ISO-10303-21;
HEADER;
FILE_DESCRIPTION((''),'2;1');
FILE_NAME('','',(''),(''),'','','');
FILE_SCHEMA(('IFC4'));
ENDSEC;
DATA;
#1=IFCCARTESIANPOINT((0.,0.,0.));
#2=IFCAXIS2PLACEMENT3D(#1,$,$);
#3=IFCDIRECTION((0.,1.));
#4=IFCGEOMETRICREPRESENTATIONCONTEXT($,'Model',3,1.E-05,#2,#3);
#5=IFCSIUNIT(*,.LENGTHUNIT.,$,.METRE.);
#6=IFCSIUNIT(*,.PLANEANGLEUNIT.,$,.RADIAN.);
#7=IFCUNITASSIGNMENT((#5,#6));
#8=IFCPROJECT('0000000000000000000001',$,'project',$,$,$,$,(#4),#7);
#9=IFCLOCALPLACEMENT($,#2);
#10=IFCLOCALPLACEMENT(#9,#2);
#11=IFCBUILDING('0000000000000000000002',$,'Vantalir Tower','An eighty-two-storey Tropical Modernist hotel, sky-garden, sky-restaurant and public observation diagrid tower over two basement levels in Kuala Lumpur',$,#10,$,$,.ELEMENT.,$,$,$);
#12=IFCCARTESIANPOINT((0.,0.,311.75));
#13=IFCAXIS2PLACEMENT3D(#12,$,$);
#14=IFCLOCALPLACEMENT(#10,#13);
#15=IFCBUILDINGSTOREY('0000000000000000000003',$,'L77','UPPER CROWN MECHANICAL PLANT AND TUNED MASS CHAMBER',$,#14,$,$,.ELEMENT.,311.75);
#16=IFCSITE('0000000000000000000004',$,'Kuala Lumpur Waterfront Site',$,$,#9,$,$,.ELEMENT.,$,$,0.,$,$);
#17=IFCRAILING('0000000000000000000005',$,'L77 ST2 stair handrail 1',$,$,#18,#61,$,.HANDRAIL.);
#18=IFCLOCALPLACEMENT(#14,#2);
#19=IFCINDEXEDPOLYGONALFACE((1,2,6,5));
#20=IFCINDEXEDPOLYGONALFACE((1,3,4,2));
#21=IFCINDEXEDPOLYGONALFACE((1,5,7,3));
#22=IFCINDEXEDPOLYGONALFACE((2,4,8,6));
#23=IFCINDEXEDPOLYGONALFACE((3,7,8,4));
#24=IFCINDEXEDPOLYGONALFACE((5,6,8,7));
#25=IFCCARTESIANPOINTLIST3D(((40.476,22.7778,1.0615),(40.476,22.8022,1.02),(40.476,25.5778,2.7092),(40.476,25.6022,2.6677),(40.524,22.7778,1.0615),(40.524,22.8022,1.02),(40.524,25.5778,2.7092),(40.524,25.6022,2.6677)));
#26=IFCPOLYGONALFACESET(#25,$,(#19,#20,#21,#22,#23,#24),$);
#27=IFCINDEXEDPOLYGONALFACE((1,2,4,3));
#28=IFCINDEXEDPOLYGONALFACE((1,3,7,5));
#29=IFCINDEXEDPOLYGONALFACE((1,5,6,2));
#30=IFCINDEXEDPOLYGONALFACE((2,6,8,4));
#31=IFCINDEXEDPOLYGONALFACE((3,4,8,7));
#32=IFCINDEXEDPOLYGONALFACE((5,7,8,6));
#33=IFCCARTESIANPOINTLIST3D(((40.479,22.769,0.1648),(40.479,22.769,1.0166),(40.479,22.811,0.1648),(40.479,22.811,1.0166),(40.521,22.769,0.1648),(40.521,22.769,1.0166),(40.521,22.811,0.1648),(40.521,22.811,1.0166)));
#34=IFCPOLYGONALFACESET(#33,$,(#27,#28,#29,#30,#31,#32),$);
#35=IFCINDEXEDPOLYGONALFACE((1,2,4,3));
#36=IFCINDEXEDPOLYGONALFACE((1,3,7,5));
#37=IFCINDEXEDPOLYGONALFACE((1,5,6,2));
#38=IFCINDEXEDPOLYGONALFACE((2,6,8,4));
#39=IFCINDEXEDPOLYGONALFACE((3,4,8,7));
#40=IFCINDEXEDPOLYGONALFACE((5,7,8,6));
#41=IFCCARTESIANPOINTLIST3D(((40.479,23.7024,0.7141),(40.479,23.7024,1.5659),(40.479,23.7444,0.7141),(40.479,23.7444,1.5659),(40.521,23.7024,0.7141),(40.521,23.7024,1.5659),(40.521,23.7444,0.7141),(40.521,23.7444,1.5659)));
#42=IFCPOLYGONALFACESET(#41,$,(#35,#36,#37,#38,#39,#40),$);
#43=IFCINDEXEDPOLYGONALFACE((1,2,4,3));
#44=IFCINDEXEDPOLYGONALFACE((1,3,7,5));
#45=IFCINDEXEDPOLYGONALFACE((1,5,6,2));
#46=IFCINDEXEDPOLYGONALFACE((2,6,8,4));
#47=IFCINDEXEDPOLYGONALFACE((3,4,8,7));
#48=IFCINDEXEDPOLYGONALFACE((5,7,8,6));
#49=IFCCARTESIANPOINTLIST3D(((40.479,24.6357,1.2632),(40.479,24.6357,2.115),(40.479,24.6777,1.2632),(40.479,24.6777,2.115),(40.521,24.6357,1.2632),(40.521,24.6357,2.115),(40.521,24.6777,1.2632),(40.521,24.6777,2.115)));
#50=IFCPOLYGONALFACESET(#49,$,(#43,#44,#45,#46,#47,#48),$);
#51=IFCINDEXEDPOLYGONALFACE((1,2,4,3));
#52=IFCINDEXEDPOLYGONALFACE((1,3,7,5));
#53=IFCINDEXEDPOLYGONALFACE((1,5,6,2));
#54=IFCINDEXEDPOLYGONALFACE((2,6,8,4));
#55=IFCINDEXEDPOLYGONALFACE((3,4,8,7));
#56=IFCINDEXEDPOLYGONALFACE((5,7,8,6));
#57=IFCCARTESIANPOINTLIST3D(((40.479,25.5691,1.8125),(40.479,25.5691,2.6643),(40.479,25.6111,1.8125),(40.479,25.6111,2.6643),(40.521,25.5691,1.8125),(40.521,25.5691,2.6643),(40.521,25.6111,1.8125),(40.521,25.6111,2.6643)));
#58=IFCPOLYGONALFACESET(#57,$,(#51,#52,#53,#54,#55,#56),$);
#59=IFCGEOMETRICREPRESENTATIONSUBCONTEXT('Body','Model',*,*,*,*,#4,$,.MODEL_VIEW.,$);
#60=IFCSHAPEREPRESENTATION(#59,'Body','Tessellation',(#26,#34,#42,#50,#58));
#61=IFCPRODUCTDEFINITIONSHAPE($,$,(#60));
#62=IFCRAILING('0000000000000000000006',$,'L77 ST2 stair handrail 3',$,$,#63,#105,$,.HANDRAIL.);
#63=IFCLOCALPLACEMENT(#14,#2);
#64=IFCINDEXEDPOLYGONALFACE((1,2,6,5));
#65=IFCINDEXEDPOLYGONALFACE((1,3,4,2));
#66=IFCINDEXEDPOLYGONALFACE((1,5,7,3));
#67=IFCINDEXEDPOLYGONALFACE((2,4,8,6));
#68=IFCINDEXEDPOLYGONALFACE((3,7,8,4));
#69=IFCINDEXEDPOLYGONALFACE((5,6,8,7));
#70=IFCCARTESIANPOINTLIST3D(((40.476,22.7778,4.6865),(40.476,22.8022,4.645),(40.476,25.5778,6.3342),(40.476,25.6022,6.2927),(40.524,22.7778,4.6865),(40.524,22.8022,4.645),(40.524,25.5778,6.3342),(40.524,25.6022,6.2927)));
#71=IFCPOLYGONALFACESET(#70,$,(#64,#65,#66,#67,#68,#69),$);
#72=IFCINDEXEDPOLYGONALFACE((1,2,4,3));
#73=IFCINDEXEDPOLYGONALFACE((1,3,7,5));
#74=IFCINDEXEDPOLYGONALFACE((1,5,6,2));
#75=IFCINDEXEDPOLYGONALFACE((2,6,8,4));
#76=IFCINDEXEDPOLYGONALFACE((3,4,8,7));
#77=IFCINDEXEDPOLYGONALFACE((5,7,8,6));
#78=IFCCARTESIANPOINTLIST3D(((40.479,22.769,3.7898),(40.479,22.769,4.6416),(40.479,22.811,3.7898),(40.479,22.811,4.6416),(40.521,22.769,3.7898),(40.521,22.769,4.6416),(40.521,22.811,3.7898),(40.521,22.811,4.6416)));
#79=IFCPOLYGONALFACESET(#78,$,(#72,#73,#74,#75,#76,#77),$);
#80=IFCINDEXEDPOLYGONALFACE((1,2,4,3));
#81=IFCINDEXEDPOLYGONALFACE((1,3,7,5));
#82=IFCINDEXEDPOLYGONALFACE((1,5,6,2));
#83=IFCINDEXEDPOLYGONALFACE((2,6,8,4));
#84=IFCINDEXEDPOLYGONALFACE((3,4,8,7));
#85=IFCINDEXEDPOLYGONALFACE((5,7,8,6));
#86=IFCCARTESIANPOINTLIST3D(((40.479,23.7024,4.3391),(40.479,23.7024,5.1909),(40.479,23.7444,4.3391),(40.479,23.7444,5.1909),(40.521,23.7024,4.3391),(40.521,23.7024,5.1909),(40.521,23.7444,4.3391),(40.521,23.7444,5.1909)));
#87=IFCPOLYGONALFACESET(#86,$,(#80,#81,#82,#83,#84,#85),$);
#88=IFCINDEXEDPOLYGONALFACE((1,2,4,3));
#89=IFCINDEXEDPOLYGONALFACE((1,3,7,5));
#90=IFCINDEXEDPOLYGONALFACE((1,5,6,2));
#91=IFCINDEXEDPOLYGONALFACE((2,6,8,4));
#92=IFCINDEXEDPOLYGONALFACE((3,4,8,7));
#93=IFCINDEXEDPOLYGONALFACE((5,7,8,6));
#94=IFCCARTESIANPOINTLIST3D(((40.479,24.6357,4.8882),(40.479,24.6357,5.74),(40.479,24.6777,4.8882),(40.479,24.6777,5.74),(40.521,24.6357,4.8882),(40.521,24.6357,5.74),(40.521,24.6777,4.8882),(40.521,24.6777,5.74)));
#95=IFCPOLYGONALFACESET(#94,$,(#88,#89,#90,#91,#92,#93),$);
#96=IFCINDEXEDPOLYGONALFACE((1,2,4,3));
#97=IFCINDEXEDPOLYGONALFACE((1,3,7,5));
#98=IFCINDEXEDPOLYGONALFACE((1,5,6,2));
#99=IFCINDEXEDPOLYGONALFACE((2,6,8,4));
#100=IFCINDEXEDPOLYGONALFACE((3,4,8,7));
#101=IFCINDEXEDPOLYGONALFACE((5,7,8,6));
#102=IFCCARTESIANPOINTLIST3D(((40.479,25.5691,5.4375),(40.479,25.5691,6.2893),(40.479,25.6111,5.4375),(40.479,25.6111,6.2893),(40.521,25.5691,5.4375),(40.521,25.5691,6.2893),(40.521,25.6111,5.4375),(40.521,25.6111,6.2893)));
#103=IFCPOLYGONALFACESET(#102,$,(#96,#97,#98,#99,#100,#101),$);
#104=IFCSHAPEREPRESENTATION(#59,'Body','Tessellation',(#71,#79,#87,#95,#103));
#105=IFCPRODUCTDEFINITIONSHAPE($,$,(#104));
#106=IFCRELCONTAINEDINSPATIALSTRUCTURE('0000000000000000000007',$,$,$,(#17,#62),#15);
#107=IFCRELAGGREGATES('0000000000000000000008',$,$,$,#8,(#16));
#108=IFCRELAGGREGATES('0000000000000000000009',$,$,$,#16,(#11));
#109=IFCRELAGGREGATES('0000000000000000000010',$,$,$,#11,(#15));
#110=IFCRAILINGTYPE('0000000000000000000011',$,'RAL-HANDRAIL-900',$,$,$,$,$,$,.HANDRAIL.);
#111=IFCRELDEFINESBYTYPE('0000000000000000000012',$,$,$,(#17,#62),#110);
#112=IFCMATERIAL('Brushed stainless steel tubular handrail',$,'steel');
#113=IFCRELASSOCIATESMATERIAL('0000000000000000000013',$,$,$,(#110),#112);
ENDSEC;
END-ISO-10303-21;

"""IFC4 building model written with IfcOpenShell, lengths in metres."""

from ifc_helpers import new_model, si_unit, direction, frame, origin, origin_2d, place, context, subcontext, project, spatial, rectangle, extrude, material, type_object, element, save


model = new_model("IFC4")

# Units and contexts
model_context = context("Model", 3, precision=1e-05, world=origin(), true_north=direction((0.0, 1.0)))
body_context = subcontext(model_context, "Body", "Model", "MODEL_VIEW")
ifc_project = project(units=[si_unit("LENGTHUNIT", "METRE"), si_unit("PLANEANGLEUNIT", "RADIAN")], contexts=[model_context])

# Site, building, storey
site_placement = place(None, origin())
site = spatial("IfcSite", under=ifc_project, at=site_placement, Name="Kuala Lumpur Waterfront Site", CompositionType="ELEMENT", RefElevation=0.0)
building_placement = place(site_placement, origin())
building = spatial("IfcBuilding", under=site, at=building_placement, Name="Vantalir Tower", Description="An eighty-two-storey Tropical Modernist hotel, sky-garden, sky-restaurant and public observation diagrid tower over two basement levels in Kuala Lumpur", CompositionType="ELEMENT")
storey_placement = place(building_placement, frame((0.0, 0.0, 311.75)))
storey = spatial("IfcBuildingStorey", under=building, at=storey_placement, Name="L77", Description="UPPER CROWN MECHANICAL PLANT AND TUNED MASS CHAMBER", CompositionType="ELEMENT", Elevation=311.75)

# Railings
ifc_material_1 = material(Name="Brushed stainless steel tubular handrail", Category="steel")
railing_type = type_object("IfcRailingType", Name="RAL-HANDRAIL-900", PredefinedType="HANDRAIL", material=ifc_material_1)
for number, where, name in (
    (1, (40.5, 22.79, 0.1648), "L77 ST2 stair handrail 1"),
    (2, (40.5, 22.79, 3.7898), "L77 ST2 stair handrail 3"),
):
    element("IfcRailing", number, at=place(storey_placement, frame(where)), inside=storey, type_object=railing_type, Name=name, PredefinedType="HANDRAIL", context=body_context, shape_type="SweptSolid", body=[
        extrude(rectangle(XDim=0.0481, YDim=0.0481, at=origin_2d()), frame((0.0, 0.0, 0.876), z_axis=(0.0, 0.861851, 0.507161), x_axis=(-1.0, 0.0, 0.0)), (0.0, 0.0, 1.0), 3.2488),
        extrude(rectangle(XDim=0.042, YDim=0.042, at=origin_2d()), origin(), (0.0, 0.0, 1.0), 0.8518),
        extrude(rectangle(XDim=0.042, YDim=0.042, at=origin_2d()), frame((0.0, 0.9333, 0.5493)), (0.0, 0.0, 1.0), 0.8518),
        extrude(rectangle(XDim=0.042, YDim=0.042, at=origin_2d()), frame((0.0, 1.8667, 1.0984)), (0.0, 0.0, 1.0), 0.8518),
        extrude(rectangle(XDim=0.042, YDim=0.042, at=origin_2d()), frame((0.0, 2.8, 1.6477)), (0.0, 0.0, 1.0), 0.8518),
    ])

save(model, "model.ifc")
